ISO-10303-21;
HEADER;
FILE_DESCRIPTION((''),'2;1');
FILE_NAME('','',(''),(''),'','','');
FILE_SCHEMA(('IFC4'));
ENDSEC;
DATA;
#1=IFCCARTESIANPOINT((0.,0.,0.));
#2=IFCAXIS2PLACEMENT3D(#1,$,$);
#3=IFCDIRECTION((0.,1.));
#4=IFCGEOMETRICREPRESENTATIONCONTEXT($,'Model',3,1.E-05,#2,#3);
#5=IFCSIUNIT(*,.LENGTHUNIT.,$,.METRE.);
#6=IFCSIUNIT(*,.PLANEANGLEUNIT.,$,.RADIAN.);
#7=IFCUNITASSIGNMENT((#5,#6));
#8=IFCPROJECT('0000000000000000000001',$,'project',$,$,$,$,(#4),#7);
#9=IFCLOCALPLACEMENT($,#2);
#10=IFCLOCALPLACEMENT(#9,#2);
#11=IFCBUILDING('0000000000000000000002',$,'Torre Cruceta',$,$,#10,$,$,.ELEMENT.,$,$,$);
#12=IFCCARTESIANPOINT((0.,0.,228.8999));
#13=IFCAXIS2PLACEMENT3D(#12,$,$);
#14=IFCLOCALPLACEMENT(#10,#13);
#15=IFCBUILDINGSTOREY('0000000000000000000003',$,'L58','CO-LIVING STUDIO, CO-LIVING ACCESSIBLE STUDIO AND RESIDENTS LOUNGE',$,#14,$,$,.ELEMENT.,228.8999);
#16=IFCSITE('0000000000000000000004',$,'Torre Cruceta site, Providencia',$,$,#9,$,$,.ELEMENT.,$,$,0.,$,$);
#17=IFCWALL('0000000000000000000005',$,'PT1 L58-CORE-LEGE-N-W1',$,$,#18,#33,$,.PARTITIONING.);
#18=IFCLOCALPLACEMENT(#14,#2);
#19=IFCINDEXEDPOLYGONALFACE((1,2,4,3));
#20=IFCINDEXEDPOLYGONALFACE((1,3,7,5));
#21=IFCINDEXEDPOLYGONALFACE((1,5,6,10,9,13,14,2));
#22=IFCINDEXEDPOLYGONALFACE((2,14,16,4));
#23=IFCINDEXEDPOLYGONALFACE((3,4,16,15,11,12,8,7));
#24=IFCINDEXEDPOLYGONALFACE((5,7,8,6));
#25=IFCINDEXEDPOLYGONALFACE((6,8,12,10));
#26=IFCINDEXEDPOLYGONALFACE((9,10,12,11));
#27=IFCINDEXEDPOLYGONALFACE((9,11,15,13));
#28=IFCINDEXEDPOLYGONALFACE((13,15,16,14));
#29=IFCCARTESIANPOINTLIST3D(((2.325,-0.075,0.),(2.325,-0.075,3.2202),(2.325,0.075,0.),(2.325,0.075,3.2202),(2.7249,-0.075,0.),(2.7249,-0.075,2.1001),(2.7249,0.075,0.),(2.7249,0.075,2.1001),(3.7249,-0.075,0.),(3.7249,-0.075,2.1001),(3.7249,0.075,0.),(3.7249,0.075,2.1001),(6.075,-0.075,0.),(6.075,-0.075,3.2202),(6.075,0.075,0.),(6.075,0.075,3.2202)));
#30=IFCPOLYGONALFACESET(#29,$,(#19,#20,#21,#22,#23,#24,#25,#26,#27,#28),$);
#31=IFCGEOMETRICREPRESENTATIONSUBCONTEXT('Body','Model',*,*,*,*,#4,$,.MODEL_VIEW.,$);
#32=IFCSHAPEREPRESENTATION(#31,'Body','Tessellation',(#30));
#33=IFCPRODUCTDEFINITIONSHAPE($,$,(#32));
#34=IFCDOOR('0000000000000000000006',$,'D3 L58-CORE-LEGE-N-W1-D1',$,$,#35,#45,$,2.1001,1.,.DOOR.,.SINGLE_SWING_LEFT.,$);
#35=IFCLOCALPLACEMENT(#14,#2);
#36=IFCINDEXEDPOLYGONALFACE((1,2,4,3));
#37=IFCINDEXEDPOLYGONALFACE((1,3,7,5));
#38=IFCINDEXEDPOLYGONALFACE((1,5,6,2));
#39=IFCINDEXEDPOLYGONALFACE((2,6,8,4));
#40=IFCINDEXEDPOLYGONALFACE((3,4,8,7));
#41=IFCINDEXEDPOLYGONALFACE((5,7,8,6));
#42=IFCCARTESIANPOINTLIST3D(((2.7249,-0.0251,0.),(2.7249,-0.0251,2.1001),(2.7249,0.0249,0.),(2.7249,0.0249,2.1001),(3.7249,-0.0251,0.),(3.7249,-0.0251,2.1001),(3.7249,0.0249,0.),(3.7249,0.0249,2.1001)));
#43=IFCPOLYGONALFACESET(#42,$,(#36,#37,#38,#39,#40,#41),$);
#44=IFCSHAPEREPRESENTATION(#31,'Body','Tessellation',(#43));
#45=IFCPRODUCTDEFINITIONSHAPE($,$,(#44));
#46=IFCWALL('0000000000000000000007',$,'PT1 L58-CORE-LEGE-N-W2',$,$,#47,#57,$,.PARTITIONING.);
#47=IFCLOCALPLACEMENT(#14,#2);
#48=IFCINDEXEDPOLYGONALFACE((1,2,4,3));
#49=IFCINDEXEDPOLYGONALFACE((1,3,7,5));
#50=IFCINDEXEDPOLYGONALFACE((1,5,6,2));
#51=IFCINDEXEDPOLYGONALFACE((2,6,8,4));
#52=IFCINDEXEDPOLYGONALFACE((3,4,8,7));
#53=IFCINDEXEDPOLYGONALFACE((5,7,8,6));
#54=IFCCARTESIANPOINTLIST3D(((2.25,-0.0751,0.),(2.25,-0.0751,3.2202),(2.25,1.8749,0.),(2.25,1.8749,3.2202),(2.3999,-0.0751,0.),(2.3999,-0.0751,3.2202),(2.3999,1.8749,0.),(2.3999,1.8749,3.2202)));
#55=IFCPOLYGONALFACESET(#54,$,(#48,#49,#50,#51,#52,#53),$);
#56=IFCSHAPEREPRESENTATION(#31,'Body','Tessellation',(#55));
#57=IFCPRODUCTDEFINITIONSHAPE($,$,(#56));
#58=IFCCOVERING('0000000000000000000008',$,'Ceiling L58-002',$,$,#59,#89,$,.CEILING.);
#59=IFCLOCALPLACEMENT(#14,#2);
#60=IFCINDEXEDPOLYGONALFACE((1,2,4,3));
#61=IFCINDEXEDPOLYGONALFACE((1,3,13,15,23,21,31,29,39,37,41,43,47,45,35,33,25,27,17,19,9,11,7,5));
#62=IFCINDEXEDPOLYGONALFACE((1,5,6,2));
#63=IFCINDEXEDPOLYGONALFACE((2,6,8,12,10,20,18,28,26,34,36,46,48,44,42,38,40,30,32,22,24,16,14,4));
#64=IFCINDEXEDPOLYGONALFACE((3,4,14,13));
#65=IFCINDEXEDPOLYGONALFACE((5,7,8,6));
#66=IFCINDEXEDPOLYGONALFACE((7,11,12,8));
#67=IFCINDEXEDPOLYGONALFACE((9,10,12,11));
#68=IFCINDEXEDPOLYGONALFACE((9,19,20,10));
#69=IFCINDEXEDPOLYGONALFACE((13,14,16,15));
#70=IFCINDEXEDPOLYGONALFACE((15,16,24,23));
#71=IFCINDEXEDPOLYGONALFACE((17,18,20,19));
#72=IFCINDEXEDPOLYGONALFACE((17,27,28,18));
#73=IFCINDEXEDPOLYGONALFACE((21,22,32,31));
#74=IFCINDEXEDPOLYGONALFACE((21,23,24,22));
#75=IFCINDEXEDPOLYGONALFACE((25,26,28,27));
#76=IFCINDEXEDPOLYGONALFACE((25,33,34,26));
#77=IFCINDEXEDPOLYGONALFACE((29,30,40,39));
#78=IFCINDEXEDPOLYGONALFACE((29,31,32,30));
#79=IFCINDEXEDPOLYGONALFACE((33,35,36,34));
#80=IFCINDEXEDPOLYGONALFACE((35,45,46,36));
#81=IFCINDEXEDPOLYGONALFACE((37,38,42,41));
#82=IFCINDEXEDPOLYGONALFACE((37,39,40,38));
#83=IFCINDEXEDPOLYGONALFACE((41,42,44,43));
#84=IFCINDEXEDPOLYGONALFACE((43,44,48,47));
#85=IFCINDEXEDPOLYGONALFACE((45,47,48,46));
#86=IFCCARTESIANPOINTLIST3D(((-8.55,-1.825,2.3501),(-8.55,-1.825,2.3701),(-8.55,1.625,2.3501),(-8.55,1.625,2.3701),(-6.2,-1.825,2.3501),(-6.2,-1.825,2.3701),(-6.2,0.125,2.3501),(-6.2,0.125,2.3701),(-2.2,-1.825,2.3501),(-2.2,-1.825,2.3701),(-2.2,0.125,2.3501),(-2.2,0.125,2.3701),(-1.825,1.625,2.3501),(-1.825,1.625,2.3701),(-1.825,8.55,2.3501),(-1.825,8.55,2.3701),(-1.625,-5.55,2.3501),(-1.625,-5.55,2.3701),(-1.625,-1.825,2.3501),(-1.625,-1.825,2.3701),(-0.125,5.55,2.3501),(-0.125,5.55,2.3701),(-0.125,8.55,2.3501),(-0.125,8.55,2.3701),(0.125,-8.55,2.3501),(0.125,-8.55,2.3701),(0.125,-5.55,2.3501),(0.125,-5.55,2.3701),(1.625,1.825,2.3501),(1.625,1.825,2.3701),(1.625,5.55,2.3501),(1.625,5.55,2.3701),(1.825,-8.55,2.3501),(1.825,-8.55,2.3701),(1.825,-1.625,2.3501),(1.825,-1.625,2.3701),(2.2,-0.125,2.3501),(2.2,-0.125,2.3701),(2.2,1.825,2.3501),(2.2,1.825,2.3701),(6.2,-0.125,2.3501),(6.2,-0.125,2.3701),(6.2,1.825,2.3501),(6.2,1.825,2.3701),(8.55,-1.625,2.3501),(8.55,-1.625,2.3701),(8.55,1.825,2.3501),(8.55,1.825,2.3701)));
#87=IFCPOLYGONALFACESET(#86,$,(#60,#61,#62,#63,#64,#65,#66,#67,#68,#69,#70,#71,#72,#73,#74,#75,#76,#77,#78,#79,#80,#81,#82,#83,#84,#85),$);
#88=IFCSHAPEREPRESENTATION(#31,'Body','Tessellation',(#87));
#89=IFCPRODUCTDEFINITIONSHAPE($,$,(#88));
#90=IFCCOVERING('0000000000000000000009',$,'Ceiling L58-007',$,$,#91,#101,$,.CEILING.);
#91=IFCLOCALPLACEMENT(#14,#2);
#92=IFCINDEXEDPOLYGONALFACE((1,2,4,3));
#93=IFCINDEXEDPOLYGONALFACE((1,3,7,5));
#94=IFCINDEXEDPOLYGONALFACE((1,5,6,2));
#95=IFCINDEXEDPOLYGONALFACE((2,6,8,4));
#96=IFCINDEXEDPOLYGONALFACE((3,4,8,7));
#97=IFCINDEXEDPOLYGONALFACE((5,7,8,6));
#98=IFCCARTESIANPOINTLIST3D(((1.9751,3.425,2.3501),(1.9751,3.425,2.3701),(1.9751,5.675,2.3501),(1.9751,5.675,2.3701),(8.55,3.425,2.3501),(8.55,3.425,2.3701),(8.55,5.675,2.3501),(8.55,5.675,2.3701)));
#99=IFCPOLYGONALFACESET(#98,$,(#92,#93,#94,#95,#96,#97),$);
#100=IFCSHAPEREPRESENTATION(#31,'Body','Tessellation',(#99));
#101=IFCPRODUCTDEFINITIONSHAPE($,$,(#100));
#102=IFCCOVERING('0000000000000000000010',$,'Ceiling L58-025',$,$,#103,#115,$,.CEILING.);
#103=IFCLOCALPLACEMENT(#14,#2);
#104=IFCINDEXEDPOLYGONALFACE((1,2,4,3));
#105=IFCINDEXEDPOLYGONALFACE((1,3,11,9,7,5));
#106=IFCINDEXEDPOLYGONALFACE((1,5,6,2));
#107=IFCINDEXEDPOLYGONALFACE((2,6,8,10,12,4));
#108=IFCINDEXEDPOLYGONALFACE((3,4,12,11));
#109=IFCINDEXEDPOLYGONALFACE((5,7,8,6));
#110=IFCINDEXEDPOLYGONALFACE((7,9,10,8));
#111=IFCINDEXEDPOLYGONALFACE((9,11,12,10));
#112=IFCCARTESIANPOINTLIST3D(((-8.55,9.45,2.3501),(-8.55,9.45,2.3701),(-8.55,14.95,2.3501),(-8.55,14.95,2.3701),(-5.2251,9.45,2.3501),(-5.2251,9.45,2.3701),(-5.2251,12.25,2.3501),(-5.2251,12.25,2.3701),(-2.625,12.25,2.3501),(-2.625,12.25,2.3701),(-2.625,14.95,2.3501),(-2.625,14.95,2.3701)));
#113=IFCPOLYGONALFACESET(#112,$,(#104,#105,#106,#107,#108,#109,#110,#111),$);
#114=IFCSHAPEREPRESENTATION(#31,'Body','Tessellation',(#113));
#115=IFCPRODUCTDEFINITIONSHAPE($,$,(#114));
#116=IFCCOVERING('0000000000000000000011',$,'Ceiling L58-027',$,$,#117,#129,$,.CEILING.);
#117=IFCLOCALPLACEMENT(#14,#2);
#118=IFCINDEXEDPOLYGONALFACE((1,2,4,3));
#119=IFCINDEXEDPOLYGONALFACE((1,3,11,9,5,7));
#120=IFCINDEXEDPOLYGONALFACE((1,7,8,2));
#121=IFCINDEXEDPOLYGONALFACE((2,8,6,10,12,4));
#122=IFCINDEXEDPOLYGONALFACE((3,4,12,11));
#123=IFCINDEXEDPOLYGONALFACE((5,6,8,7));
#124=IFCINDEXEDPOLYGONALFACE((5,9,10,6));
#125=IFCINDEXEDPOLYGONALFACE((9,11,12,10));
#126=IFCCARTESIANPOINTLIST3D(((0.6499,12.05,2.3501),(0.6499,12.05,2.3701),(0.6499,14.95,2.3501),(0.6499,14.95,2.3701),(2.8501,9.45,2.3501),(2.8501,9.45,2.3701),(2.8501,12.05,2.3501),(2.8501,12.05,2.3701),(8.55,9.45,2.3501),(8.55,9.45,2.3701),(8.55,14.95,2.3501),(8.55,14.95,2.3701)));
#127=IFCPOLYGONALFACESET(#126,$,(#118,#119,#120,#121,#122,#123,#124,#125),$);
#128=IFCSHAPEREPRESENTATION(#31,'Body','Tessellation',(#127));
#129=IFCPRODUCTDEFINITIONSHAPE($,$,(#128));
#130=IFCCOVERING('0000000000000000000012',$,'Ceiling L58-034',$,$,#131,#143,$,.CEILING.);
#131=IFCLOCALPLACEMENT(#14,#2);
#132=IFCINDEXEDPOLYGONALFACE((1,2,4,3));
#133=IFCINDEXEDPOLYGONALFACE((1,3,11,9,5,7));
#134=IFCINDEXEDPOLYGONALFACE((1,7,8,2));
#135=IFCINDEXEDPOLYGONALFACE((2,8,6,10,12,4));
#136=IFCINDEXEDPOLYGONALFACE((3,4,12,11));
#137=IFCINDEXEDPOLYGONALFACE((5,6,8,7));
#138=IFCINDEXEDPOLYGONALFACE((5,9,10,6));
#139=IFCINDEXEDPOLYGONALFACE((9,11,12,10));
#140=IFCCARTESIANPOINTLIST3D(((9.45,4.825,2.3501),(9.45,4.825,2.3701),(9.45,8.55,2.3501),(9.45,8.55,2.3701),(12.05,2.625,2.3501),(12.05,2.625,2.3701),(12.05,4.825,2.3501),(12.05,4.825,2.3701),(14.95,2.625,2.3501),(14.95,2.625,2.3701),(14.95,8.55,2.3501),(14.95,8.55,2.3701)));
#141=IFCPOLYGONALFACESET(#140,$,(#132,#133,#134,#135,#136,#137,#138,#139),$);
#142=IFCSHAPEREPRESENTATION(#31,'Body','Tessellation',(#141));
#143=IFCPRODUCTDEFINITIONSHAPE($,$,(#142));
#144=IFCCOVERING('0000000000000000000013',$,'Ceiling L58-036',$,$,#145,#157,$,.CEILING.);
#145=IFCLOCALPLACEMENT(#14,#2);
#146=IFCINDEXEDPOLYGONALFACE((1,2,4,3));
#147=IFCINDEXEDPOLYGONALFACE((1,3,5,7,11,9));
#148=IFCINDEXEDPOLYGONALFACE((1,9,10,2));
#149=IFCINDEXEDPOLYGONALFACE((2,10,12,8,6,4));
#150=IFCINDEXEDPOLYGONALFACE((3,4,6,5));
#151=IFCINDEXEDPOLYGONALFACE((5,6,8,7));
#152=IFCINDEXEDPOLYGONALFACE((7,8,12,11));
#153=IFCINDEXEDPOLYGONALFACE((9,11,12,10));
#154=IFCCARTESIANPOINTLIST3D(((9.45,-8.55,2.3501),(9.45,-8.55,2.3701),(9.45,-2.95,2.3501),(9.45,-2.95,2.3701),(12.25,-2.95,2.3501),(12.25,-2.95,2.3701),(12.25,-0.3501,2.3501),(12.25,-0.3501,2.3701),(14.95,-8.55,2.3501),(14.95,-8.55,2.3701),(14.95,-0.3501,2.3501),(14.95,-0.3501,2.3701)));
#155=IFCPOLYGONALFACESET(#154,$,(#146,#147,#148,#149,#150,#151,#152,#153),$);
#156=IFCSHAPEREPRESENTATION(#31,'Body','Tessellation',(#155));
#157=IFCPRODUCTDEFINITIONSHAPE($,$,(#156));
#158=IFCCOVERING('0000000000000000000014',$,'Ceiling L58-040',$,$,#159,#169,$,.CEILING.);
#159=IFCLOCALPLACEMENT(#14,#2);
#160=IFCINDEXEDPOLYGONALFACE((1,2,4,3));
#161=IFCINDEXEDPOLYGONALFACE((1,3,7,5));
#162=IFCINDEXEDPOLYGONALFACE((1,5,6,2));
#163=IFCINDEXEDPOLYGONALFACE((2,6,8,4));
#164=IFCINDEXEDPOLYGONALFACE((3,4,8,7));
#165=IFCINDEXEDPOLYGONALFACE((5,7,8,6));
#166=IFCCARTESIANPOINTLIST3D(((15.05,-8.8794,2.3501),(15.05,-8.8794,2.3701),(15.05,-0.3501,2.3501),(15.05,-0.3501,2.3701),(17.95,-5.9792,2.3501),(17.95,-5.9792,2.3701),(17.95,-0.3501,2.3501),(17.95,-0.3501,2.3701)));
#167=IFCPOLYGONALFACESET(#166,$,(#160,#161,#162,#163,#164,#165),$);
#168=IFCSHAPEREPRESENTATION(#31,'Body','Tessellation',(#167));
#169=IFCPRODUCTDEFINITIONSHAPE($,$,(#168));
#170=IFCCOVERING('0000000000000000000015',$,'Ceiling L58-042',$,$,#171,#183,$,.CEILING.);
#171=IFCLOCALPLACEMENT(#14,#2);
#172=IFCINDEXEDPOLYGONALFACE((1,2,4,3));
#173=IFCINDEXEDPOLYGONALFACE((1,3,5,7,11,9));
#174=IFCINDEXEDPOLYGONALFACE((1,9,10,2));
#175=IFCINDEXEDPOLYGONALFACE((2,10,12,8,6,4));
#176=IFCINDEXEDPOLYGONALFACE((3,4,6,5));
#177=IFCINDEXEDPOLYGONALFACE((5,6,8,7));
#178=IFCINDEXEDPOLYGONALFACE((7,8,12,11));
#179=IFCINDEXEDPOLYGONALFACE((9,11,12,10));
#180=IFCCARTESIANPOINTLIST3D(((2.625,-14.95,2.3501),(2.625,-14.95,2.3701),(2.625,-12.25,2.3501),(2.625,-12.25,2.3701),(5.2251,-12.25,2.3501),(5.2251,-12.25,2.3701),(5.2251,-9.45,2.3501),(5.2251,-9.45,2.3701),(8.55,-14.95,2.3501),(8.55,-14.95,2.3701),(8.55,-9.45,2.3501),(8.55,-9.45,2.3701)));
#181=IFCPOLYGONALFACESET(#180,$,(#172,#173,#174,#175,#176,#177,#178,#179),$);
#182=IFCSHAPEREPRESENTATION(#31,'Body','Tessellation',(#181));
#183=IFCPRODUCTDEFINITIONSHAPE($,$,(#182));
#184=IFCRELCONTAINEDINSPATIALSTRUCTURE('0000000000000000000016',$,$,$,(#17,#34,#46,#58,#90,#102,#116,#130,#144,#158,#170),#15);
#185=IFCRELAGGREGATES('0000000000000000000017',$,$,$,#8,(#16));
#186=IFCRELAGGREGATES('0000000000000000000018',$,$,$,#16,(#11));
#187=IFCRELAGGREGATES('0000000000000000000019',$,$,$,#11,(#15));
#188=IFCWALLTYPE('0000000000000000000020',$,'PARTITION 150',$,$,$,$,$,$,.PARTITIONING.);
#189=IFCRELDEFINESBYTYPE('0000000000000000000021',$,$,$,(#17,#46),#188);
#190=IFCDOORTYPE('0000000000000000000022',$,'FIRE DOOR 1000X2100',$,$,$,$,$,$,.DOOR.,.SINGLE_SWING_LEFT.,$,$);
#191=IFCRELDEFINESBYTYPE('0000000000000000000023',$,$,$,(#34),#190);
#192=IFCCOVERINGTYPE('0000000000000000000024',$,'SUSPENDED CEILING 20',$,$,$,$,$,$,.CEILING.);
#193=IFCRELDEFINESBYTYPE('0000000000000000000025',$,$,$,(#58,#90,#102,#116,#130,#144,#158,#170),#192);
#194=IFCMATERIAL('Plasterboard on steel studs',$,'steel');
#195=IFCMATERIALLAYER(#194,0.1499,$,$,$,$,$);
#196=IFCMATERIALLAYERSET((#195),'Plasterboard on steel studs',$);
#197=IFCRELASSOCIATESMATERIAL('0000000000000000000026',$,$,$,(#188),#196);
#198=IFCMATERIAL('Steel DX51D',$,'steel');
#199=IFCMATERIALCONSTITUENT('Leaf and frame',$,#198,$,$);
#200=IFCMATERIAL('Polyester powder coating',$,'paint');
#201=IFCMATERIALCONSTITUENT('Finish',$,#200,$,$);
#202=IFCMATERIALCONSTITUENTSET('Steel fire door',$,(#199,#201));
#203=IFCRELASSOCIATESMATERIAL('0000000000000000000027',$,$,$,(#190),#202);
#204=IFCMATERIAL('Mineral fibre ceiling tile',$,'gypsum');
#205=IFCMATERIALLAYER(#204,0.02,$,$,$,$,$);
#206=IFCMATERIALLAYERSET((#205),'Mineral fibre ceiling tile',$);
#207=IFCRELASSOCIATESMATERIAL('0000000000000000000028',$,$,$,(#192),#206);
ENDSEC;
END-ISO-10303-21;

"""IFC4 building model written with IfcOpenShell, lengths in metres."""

from ifc_helpers import new_model, si_unit, direction, frame, frame_2d, origin, place, context, subcontext, project, spatial, polyline, rectangle, outline, extrude, material, layer, layer_set, constituent, constituent_set, type_object, element, fill, save


model = new_model("IFC4")

# Units and contexts
model_context = context("Model", 3, precision=1e-05, world=origin(), true_north=direction((0.0, 1.0)))
body_context = subcontext(model_context, "Body", "Model", "MODEL_VIEW")
ifc_project = project(units=[si_unit("LENGTHUNIT", "METRE"), si_unit("PLANEANGLEUNIT", "RADIAN")], contexts=[model_context])

# Site, building, storey
site_placement = place(None, origin())
site = spatial("IfcSite", under=ifc_project, at=site_placement, Name="Torre Cruceta site, Providencia", CompositionType="ELEMENT", RefElevation=0.0)
building_placement = place(site_placement, origin())
building = spatial("IfcBuilding", under=site, at=building_placement, Name="Torre Cruceta", CompositionType="ELEMENT")
storey_placement = place(building_placement, frame((0.0, 0.0, 228.8999)))
storey = spatial("IfcBuildingStorey", under=building, at=storey_placement, Name="L58", Description="CO-LIVING STUDIO, CO-LIVING ACCESSIBLE STUDIO AND RESIDENTS LOUNGE", CompositionType="ELEMENT", Elevation=228.8999)

# Wall, opening, door
ifc_material_1 = material(Name="Plasterboard on steel studs", Category="steel")
ifc_layer_1 = layer(ifc_material_1, 0.1499)
ifc_layer_set_1 = layer_set([ifc_layer_1], Name="Plasterboard on steel studs")
wall_type_1 = type_object("IfcWallType", Name="PARTITION 150", PredefinedType="PARTITIONING", material=ifc_layer_set_1)
wall_1_placement = place(storey_placement, frame((2.325, 0.0, 0.0), z_axis=(0.0, 0.0, 1.0), x_axis=(1.0, 0.0, 0.0)))
wall_1 = element("IfcWall", 1, at=wall_1_placement, inside=storey, type_object=wall_type_1, Name="PT1 L58-CORE-LEGE-N-W1", PredefinedType="PARTITIONING", context=body_context, shape_type="SweptSolid", body=[
    extrude(rectangle(XDim=3.75, YDim=0.1499, at=frame_2d((1.875, 0.0))), origin(), (0.0, 0.0, 1.0), 3.2202),
])
opening_1_placement = place(wall_1_placement, frame((0.3999, 0.0, 0.0)))
opening_1 = element("IfcOpeningElement", 2, at=opening_1_placement, cuts=wall_1, PredefinedType="OPENING", context=body_context, shape_type="SweptSolid", body=[
    extrude(rectangle(XDim=1.0, YDim=2.1001, at=frame_2d((0.5, 1.05))), frame((0.0, 0.085, 0.0), z_axis=(0.0, -1.0, 0.0), x_axis=(1.0, 0.0, 0.0)), (0.0, 0.0, 1.0), 0.1699),
])
ifc_material_2 = material(Name="Steel DX51D", Category="steel")
ifc_constituent_1 = constituent(ifc_material_2, Name="Leaf and frame")
ifc_material_3 = material(Name="Polyester powder coating", Category="paint")
ifc_constituent_2 = constituent(ifc_material_3, Name="Finish")
ifc_constituent_set_1 = constituent_set(constituents=[ifc_constituent_1, ifc_constituent_2], Name="Steel fire door")
door_type_1 = type_object("IfcDoorType", Name="FIRE DOOR 1000X2100", OperationType="SINGLE_SWING_LEFT", PredefinedType="DOOR", material=ifc_constituent_set_1)
door_1_placement = place(opening_1_placement, origin())
door_1 = element("IfcDoor", 3, at=door_1_placement, inside=storey, type_object=door_type_1, Name="D3 L58-CORE-LEGE-N-W1-D1", OperationType="SINGLE_SWING_LEFT", OverallHeight=2.1001, OverallWidth=1.0, PredefinedType="DOOR", context=body_context, shape_type="SweptSolid", body=[
    extrude(rectangle(XDim=1.0, YDim=2.1001, at=frame_2d((0.5, 1.05))), frame((0.0, 0.0249, 0.0), z_axis=(0.0, -1.0, 0.0), x_axis=(1.0, 0.0, 0.0)), (0.0, 0.0, 1.0), 0.05),
])
fill(opening_1, door_1)

# Wall
wall_2_placement = place(storey_placement, frame((2.325, 1.875, 0.0), z_axis=(0.0, 0.0, 1.0), x_axis=(0.0, -1.0, 0.0)))
element("IfcWall", 4, at=wall_2_placement, inside=storey, type_object=wall_type_1, Name="PT1 L58-CORE-LEGE-N-W2", PredefinedType="PARTITIONING", context=body_context, shape_type="SweptSolid", body=[
    extrude(rectangle(XDim=1.95, YDim=0.1499, at=frame_2d((0.9751, 0.0))), origin(), (0.0, 0.0, 1.0), 3.2202),
])

# Coverings
ifc_material_4 = material(Name="Mineral fibre ceiling tile", Category="gypsum")
ifc_layer_2 = layer(ifc_material_4, 0.02)
ifc_layer_set_2 = layer_set([ifc_layer_2], Name="Mineral fibre ceiling tile")
covering_type = type_object("IfcCoveringType", Name="SUSPENDED CEILING 20", PredefinedType="CEILING", material=ifc_layer_set_2)
covering_1_placement = place(storey_placement, frame((0.0, 0.0, 2.3501)))
element("IfcCovering", 5, at=covering_1_placement, inside=storey, type_object=covering_type, Name="Ceiling L58-002", PredefinedType="CEILING", context=body_context, shape_type="SweptSolid", body=[
    extrude(outline(polyline([(1.825, -8.55), (0.125, -8.55), (0.125, -5.55), (-1.625, -5.55), (-1.625, -1.825), (-2.2, -1.825), (-2.2, 0.125), (-6.2, 0.125), (-6.2, -1.825), (-8.55, -1.825), (-8.55, 1.625), (-1.825, 1.625), (-1.825, 8.55), (-0.125, 8.55), (-0.125, 5.55), (1.625, 5.55), (1.625, 1.825), (2.2, 1.825), (2.2, -0.125), (6.2, -0.125), (6.2, 1.825), (8.55, 1.825), (8.55, -1.625), (1.825, -1.625), (1.825, -8.55)])), origin(), (0.0, 0.0, 1.0), 0.02),
])
covering_2_placement = place(storey_placement, frame((0.0, 0.0, 2.3501)))
element("IfcCovering", 6, at=covering_2_placement, inside=storey, type_object=covering_type, Name="Ceiling L58-007", PredefinedType="CEILING", context=body_context, shape_type="SweptSolid", body=[
    extrude(outline(polyline([(1.9751, 3.425), (1.9751, 5.675), (8.55, 5.675), (8.55, 3.425), (1.9751, 3.425)])), origin(), (0.0, 0.0, 1.0), 0.02),
])
covering_3_placement = place(storey_placement, frame((0.0, 0.0, 2.3501)))
element("IfcCovering", 7, at=covering_3_placement, inside=storey, type_object=covering_type, Name="Ceiling L58-025", PredefinedType="CEILING", context=body_context, shape_type="SweptSolid", body=[
    extrude(outline(polyline([(-8.55, 9.45), (-8.55, 14.95), (-2.625, 14.95), (-2.625, 12.25), (-5.2251, 12.25), (-5.2251, 9.45), (-8.55, 9.45)])), origin(), (0.0, 0.0, 1.0), 0.02),
])
covering_4_placement = place(storey_placement, frame((0.0, 0.0, 2.3501)))
element("IfcCovering", 8, at=covering_4_placement, inside=storey, type_object=covering_type, Name="Ceiling L58-027", PredefinedType="CEILING", context=body_context, shape_type="SweptSolid", body=[
    extrude(outline(polyline([(0.6499, 14.95), (8.55, 14.95), (8.55, 9.45), (2.8501, 9.45), (2.8501, 12.05), (0.6499, 12.05), (0.6499, 14.95)])), origin(), (0.0, 0.0, 1.0), 0.02),
])
covering_5_placement = place(storey_placement, frame((0.0, 0.0, 2.3501)))
element("IfcCovering", 9, at=covering_5_placement, inside=storey, type_object=covering_type, Name="Ceiling L58-034", PredefinedType="CEILING", context=body_context, shape_type="SweptSolid", body=[
    extrude(outline(polyline([(9.45, 8.55), (14.95, 8.55), (14.95, 2.625), (12.05, 2.625), (12.05, 4.825), (9.45, 4.825), (9.45, 8.55)])), origin(), (0.0, 0.0, 1.0), 0.02),
])
covering_6_placement = place(storey_placement, frame((0.0, 0.0, 2.3501)))
element("IfcCovering", 10, at=covering_6_placement, inside=storey, type_object=covering_type, Name="Ceiling L58-036", PredefinedType="CEILING", context=body_context, shape_type="SweptSolid", body=[
    extrude(outline(polyline([(14.95, -0.3501), (14.95, -8.55), (9.45, -8.55), (9.45, -2.95), (12.25, -2.95), (12.25, -0.3501), (14.95, -0.3501)])), origin(), (0.0, 0.0, 1.0), 0.02),
])
covering_7_placement = place(storey_placement, frame((0.0, 0.0, 2.3501)))
element("IfcCovering", 11, at=covering_7_placement, inside=storey, type_object=covering_type, Name="Ceiling L58-040", PredefinedType="CEILING", context=body_context, shape_type="SweptSolid", body=[
    extrude(outline(polyline([(15.05, -8.8794), (15.05, -0.3501), (17.95, -0.3501), (17.95, -5.9792), (15.05, -8.8794)])), origin(), (0.0, 0.0, 1.0), 0.02),
])
covering_8_placement = place(storey_placement, frame((0.0, 0.0, 2.3501)))
element("IfcCovering", 12, at=covering_8_placement, inside=storey, type_object=covering_type, Name="Ceiling L58-042", PredefinedType="CEILING", context=body_context, shape_type="SweptSolid", body=[
    extrude(outline(polyline([(8.55, -9.45), (8.55, -14.95), (2.625, -14.95), (2.625, -12.25), (5.2251, -12.25), (5.2251, -9.45), (8.55, -9.45)])), origin(), (0.0, 0.0, 1.0), 0.02),
])

save(model, "model.ifc")
